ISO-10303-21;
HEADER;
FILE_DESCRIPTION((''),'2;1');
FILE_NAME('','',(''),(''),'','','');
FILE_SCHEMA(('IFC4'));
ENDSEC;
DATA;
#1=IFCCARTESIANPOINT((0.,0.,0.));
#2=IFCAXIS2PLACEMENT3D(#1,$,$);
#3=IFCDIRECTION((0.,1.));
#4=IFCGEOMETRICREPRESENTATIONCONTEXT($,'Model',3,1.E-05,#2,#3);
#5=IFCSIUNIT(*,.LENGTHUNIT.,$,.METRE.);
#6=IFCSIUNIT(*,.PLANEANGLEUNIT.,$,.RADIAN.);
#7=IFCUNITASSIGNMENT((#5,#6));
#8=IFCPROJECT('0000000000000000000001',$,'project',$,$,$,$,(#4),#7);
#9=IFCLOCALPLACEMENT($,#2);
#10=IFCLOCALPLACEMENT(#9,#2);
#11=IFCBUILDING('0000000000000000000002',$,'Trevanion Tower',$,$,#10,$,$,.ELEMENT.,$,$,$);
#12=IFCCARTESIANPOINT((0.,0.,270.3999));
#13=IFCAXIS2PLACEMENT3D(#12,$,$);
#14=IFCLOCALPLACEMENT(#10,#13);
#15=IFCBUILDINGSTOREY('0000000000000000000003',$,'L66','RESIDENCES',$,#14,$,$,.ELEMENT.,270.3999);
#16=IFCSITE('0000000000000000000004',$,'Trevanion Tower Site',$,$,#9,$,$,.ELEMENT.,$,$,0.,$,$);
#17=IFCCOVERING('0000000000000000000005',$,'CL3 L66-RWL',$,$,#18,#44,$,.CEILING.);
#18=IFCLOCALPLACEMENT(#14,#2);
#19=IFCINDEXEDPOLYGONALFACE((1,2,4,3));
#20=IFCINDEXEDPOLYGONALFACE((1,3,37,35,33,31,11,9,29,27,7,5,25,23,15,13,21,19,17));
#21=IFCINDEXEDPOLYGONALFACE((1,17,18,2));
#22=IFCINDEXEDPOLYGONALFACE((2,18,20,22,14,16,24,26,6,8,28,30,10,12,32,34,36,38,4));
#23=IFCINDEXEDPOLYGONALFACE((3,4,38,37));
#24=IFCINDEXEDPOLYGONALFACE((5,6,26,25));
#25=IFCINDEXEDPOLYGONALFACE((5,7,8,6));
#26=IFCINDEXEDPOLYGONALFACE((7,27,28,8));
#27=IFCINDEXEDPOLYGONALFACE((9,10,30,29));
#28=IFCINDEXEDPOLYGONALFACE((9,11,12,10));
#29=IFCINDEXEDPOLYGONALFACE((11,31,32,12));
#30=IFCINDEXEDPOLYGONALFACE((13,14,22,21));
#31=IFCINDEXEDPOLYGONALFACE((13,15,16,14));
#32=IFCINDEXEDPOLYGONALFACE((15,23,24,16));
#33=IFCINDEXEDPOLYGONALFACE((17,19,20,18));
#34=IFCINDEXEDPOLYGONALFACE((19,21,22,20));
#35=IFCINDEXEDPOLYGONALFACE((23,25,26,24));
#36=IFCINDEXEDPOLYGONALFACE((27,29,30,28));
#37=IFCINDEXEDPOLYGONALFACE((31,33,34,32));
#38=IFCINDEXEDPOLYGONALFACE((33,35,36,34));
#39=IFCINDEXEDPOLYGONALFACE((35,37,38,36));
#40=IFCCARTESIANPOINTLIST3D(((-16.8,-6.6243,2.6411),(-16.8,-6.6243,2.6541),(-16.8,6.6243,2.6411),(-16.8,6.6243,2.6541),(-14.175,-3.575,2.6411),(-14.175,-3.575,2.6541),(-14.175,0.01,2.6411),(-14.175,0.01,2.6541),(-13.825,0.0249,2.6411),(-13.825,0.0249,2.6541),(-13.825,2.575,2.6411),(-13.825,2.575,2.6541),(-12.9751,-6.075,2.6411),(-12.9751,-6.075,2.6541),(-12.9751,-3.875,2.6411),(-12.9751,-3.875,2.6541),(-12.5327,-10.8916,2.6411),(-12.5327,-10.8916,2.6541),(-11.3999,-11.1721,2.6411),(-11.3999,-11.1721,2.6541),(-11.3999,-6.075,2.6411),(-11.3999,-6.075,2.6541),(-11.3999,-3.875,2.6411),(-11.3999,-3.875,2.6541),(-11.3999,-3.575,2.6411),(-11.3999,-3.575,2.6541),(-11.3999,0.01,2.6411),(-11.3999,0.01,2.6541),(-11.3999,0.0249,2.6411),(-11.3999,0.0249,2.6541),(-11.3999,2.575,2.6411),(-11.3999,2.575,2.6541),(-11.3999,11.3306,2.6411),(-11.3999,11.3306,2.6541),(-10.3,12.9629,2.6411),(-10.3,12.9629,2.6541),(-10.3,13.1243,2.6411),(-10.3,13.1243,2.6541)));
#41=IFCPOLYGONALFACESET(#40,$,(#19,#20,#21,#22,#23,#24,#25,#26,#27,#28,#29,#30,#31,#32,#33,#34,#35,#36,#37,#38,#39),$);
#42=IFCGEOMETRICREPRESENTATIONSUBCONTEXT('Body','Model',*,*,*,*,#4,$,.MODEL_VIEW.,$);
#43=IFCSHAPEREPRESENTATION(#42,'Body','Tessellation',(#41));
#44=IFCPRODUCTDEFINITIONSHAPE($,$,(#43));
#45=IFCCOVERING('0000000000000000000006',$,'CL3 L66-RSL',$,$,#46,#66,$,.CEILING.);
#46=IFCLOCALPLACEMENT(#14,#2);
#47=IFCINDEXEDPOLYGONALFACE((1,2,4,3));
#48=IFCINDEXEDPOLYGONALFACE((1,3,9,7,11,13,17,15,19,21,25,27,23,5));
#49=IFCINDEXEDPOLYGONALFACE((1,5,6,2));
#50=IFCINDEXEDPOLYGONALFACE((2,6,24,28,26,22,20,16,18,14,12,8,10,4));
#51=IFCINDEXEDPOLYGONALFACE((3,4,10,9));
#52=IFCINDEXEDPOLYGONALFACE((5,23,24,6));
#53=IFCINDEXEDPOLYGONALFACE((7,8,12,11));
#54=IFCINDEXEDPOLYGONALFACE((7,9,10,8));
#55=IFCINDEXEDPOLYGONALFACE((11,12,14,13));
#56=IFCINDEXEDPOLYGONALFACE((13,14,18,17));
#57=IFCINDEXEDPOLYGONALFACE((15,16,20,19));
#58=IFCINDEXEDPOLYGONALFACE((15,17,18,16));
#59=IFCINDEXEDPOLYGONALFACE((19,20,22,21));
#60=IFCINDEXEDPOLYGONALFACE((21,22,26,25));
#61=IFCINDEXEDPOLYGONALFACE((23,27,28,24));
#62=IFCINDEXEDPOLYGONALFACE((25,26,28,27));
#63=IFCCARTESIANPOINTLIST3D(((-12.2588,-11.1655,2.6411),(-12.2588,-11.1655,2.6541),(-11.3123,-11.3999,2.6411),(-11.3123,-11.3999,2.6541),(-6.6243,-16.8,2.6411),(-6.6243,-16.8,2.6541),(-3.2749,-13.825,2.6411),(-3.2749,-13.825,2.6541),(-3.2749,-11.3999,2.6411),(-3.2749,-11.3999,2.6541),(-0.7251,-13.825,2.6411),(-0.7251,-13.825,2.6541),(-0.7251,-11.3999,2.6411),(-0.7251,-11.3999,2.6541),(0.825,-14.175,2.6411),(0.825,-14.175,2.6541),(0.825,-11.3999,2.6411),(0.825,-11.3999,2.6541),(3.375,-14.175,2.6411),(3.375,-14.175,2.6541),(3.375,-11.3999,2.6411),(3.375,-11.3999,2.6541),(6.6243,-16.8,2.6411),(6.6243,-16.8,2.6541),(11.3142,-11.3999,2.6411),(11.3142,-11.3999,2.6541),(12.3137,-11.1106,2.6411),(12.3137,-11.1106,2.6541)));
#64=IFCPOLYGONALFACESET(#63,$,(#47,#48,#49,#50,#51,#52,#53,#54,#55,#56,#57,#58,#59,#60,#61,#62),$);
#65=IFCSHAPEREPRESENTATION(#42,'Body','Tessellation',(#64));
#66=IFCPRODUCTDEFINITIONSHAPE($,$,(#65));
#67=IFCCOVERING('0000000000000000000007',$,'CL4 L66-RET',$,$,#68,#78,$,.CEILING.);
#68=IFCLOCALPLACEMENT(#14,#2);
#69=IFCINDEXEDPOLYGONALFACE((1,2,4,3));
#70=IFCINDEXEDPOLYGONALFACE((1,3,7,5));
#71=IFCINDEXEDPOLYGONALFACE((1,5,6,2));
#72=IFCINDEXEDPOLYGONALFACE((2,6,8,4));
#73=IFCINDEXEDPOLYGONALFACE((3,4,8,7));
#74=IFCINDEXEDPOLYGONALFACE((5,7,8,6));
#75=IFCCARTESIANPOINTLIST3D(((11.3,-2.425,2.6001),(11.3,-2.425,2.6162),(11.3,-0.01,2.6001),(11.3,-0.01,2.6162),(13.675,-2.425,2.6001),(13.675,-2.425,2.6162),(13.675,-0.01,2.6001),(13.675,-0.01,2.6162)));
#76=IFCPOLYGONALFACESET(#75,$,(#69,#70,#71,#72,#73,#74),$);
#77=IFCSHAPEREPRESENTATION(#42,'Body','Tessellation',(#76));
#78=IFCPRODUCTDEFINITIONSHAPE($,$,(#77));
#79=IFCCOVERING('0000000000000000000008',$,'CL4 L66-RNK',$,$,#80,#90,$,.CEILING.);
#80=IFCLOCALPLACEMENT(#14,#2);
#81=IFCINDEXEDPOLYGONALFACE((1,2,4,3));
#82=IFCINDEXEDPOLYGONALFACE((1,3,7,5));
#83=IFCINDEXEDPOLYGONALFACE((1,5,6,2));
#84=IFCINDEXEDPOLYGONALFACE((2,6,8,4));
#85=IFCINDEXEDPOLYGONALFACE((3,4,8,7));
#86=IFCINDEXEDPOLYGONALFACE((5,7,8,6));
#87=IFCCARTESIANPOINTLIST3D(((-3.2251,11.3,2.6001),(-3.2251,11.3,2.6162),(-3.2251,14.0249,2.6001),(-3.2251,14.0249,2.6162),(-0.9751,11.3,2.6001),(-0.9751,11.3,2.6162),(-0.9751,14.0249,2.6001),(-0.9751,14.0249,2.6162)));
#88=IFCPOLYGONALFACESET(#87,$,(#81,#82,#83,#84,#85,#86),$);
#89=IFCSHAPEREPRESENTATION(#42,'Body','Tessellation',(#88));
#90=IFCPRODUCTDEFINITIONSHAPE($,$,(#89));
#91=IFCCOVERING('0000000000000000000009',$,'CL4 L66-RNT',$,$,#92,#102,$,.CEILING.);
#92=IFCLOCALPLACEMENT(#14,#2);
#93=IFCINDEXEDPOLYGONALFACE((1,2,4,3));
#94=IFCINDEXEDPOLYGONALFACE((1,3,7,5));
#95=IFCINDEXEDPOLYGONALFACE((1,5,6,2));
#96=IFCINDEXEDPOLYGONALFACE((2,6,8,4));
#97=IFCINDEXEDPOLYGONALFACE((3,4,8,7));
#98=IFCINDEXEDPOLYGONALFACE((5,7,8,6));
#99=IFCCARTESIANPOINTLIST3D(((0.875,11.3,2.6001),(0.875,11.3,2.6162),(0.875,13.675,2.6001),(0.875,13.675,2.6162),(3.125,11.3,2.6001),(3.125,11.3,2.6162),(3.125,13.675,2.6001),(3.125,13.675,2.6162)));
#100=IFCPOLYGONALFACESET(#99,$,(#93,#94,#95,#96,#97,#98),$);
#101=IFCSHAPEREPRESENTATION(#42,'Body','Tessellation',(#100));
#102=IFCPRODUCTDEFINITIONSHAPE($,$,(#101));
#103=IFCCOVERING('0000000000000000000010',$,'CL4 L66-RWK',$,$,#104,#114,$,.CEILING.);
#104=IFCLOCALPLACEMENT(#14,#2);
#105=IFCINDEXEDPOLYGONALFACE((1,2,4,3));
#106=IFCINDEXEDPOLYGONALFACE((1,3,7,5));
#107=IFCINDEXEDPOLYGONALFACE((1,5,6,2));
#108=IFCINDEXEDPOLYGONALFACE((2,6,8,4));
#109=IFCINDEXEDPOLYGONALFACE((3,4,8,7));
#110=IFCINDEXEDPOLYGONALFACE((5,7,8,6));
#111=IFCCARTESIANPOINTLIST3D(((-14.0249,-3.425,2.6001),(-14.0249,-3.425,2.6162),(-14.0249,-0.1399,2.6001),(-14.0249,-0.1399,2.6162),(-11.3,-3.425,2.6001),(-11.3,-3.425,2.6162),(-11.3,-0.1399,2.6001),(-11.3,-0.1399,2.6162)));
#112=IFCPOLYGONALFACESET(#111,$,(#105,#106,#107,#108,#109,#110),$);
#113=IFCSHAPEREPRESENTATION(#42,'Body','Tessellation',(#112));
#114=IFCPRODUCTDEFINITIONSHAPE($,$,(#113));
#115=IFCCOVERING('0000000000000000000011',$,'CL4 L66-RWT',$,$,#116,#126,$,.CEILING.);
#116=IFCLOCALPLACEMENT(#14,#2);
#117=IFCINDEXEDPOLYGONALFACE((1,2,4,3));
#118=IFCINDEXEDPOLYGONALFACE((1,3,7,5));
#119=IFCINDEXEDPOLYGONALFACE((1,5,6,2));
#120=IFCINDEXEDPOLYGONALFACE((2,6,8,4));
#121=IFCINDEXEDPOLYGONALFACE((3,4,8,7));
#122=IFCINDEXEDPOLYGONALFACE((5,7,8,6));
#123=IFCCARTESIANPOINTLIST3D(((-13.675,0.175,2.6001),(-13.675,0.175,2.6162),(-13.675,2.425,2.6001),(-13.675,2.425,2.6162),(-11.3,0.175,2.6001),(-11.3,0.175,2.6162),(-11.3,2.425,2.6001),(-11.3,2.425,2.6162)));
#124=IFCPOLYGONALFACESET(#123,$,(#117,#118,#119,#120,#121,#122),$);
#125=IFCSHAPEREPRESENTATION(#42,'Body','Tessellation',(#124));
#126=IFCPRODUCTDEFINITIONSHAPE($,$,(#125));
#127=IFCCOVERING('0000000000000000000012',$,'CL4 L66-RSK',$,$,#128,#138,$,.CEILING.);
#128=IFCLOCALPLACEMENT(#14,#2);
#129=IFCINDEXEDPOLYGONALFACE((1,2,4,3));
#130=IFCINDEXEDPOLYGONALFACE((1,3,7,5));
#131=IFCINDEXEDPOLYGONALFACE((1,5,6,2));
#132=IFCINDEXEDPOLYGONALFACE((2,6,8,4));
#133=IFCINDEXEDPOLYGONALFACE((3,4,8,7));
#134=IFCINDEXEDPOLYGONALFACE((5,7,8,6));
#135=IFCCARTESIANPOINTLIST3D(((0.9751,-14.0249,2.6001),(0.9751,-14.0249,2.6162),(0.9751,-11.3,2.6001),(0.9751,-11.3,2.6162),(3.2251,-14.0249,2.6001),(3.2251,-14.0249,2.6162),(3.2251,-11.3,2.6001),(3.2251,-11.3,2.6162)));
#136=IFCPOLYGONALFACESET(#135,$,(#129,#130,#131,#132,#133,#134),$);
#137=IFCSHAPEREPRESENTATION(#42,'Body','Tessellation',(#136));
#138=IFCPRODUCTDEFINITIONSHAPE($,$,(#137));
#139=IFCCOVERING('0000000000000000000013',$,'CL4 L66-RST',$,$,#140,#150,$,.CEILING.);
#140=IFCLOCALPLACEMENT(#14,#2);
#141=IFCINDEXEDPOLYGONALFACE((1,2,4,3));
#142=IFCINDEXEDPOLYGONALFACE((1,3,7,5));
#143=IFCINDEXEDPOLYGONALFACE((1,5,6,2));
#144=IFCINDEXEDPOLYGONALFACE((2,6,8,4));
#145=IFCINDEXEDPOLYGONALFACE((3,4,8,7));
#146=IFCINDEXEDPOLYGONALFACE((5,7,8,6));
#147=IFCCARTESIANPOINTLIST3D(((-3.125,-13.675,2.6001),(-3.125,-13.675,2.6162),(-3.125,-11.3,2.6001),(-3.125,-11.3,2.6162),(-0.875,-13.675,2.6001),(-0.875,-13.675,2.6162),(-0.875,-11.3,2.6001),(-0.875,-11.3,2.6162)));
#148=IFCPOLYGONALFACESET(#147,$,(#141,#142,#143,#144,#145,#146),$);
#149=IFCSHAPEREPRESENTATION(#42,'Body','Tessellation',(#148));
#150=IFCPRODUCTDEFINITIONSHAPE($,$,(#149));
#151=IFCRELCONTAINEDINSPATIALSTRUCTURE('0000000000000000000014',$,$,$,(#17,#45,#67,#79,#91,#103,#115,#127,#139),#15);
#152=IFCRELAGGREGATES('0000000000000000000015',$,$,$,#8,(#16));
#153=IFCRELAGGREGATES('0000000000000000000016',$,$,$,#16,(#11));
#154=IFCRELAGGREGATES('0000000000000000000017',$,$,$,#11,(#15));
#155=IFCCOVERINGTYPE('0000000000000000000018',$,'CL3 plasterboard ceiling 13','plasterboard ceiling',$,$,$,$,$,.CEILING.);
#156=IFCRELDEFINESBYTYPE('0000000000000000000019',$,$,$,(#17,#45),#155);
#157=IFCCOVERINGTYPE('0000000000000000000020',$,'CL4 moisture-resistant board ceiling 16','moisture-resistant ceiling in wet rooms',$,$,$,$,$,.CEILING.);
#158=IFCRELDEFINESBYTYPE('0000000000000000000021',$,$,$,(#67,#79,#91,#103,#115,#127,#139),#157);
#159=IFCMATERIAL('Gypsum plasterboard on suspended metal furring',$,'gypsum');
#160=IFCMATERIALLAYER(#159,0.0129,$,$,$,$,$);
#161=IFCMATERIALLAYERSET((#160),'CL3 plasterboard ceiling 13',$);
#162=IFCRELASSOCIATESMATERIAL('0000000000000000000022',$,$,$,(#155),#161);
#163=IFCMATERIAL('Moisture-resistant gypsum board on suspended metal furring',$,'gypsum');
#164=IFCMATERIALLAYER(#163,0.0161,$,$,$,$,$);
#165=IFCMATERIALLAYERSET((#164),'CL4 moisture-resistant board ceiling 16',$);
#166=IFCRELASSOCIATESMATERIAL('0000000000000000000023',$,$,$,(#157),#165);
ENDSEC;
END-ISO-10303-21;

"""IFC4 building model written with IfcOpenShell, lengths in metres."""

from ifc_helpers import new_model, si_unit, direction, frame, origin, place, context, subcontext, project, spatial, polyline, outline, extrude, material, layer, layer_set, type_object, element, save


model = new_model("IFC4")

# Units and contexts
model_context = context("Model", 3, precision=1e-05, world=origin(), true_north=direction((0.0, 1.0)))
body_context = subcontext(model_context, "Body", "Model", "MODEL_VIEW")
ifc_project = project(units=[si_unit("LENGTHUNIT", "METRE"), si_unit("PLANEANGLEUNIT", "RADIAN")], contexts=[model_context])

# Site, building, storey
site_placement = place(None, origin())
site = spatial("IfcSite", under=ifc_project, at=site_placement, Name="Trevanion Tower Site", CompositionType="ELEMENT", RefElevation=0.0)
building_placement = place(site_placement, origin())
building = spatial("IfcBuilding", under=site, at=building_placement, Name="Trevanion Tower", CompositionType="ELEMENT")
storey_placement = place(building_placement, frame((0.0, 0.0, 270.3999)))
storey = spatial("IfcBuildingStorey", under=building, at=storey_placement, Name="L66", Description="RESIDENCES", CompositionType="ELEMENT", Elevation=270.3999)

# Coverings
ifc_material_1 = material(Name="Gypsum plasterboard on suspended metal furring", Category="gypsum")
ifc_layer_1 = layer(ifc_material_1, 0.0129)
ifc_layer_set_1 = layer_set([ifc_layer_1], Name="CL3 plasterboard ceiling 13")
covering_type_1 = type_object("IfcCoveringType", Name="CL3 plasterboard ceiling 13", Description="plasterboard ceiling", PredefinedType="CEILING", material=ifc_layer_set_1)
covering_1_placement = place(storey_placement, frame((0.0, 0.0, 2.6411)))
element("IfcCovering", 1, at=covering_1_placement, inside=storey, type_object=covering_type_1, Name="CL3 L66-RWL", PredefinedType="CEILING", context=body_context, shape_type="SweptSolid", body=[
    extrude(outline(polyline([(-10.3, 13.1243), (-10.3, 12.9629), (-11.3999, 11.3306), (-11.3999, 2.575), (-13.825, 2.575), (-13.825, 0.0249), (-11.3999, 0.0249), (-11.3999, 0.01), (-14.175, 0.01), (-14.175, -3.575), (-11.3999, -3.575), (-11.3999, -3.875), (-12.9751, -3.875), (-12.9751, -6.075), (-11.3999, -6.075), (-11.3999, -11.1721), (-12.5327, -10.8916), (-16.8, -6.6243), (-16.8, 6.6243), (-10.3, 13.1243)])), origin(), (0.0, 0.0, 1.0), 0.0129),
])
covering_2_placement = place(storey_placement, frame((0.0, 0.0, 2.6411)))
element("IfcCovering", 2, at=covering_2_placement, inside=storey, type_object=covering_type_1, Name="CL3 L66-RSL", PredefinedType="CEILING", context=body_context, shape_type="SweptSolid", body=[
    extrude(outline(polyline([(-11.3123, -11.3999), (-3.2749, -11.3999), (-3.2749, -13.825), (-0.7251, -13.825), (-0.7251, -11.3999), (0.825, -11.3999), (0.825, -14.175), (3.375, -14.175), (3.375, -11.3999), (11.3142, -11.3999), (12.3137, -11.1106), (6.6243, -16.8), (-6.6243, -16.8), (-12.2588, -11.1655), (-11.3123, -11.3999)])), origin(), (0.0, 0.0, 1.0), 0.0129),
])
ifc_material_2 = material(Name="Moisture-resistant gypsum board on suspended metal furring", Category="gypsum")
ifc_layer_2 = layer(ifc_material_2, 0.0161)
ifc_layer_set_2 = layer_set([ifc_layer_2], Name="CL4 moisture-resistant board ceiling 16")
covering_type_2 = type_object("IfcCoveringType", Name="CL4 moisture-resistant board ceiling 16", Description="moisture-resistant ceiling in wet rooms", PredefinedType="CEILING", material=ifc_layer_set_2)
covering_3_placement = place(storey_placement, frame((0.0, 0.0, 2.6001)))
element("IfcCovering", 3, at=covering_3_placement, inside=storey, type_object=covering_type_2, Name="CL4 L66-RET", PredefinedType="CEILING", context=body_context, shape_type="SweptSolid", body=[
    extrude(outline(polyline([(13.675, -2.425), (13.675, -0.01), (11.3, -0.01), (11.3, -2.425), (13.675, -2.425)])), origin(), (0.0, 0.0, 1.0), 0.0161),
])
covering_4_placement = place(storey_placement, frame((0.0, 0.0, 2.6001)))
element("IfcCovering", 4, at=covering_4_placement, inside=storey, type_object=covering_type_2, Name="CL4 L66-RNK", PredefinedType="CEILING", context=body_context, shape_type="SweptSolid", body=[
    extrude(outline(polyline([(-0.9751, 14.0249), (-3.2251, 14.0249), (-3.2251, 11.3), (-0.9751, 11.3), (-0.9751, 14.0249)])), origin(), (0.0, 0.0, 1.0), 0.0161),
])
covering_5_placement = place(storey_placement, frame((0.0, 0.0, 2.6001)))
element("IfcCovering", 5, at=covering_5_placement, inside=storey, type_object=covering_type_2, Name="CL4 L66-RNT", PredefinedType="CEILING", context=body_context, shape_type="SweptSolid", body=[
    extrude(outline(polyline([(3.125, 13.675), (0.875, 13.675), (0.875, 11.3), (3.125, 11.3), (3.125, 13.675)])), origin(), (0.0, 0.0, 1.0), 0.0161),
])
covering_6_placement = place(storey_placement, frame((0.0, 0.0, 2.6001)))
element("IfcCovering", 6, at=covering_6_placement, inside=storey, type_object=covering_type_2, Name="CL4 L66-RWK", PredefinedType="CEILING", context=body_context, shape_type="SweptSolid", body=[
    extrude(outline(polyline([(-14.0249, -0.1399), (-14.0249, -3.425), (-11.3, -3.425), (-11.3, -0.1399), (-14.0249, -0.1399)])), origin(), (0.0, 0.0, 1.0), 0.0161),
])
covering_7_placement = place(storey_placement, frame((0.0, 0.0, 2.6001)))
element("IfcCovering", 7, at=covering_7_placement, inside=storey, type_object=covering_type_2, Name="CL4 L66-RWT", PredefinedType="CEILING", context=body_context, shape_type="SweptSolid", body=[
    extrude(outline(polyline([(-13.675, 2.425), (-13.675, 0.175), (-11.3, 0.175), (-11.3, 2.425), (-13.675, 2.425)])), origin(), (0.0, 0.0, 1.0), 0.0161),
])
covering_8_placement = place(storey_placement, frame((0.0, 0.0, 2.6001)))
element("IfcCovering", 8, at=covering_8_placement, inside=storey, type_object=covering_type_2, Name="CL4 L66-RSK", PredefinedType="CEILING", context=body_context, shape_type="SweptSolid", body=[
    extrude(outline(polyline([(0.9751, -14.0249), (3.2251, -14.0249), (3.2251, -11.3), (0.9751, -11.3), (0.9751, -14.0249)])), origin(), (0.0, 0.0, 1.0), 0.0161),
])
covering_9_placement = place(storey_placement, frame((0.0, 0.0, 2.6001)))
element("IfcCovering", 9, at=covering_9_placement, inside=storey, type_object=covering_type_2, Name="CL4 L66-RST", PredefinedType="CEILING", context=body_context, shape_type="SweptSolid", body=[
    extrude(outline(polyline([(-3.125, -13.675), (-0.875, -13.675), (-0.875, -11.3), (-3.125, -11.3), (-3.125, -13.675)])), origin(), (0.0, 0.0, 1.0), 0.0161),
])

save(model, "model.ifc")
